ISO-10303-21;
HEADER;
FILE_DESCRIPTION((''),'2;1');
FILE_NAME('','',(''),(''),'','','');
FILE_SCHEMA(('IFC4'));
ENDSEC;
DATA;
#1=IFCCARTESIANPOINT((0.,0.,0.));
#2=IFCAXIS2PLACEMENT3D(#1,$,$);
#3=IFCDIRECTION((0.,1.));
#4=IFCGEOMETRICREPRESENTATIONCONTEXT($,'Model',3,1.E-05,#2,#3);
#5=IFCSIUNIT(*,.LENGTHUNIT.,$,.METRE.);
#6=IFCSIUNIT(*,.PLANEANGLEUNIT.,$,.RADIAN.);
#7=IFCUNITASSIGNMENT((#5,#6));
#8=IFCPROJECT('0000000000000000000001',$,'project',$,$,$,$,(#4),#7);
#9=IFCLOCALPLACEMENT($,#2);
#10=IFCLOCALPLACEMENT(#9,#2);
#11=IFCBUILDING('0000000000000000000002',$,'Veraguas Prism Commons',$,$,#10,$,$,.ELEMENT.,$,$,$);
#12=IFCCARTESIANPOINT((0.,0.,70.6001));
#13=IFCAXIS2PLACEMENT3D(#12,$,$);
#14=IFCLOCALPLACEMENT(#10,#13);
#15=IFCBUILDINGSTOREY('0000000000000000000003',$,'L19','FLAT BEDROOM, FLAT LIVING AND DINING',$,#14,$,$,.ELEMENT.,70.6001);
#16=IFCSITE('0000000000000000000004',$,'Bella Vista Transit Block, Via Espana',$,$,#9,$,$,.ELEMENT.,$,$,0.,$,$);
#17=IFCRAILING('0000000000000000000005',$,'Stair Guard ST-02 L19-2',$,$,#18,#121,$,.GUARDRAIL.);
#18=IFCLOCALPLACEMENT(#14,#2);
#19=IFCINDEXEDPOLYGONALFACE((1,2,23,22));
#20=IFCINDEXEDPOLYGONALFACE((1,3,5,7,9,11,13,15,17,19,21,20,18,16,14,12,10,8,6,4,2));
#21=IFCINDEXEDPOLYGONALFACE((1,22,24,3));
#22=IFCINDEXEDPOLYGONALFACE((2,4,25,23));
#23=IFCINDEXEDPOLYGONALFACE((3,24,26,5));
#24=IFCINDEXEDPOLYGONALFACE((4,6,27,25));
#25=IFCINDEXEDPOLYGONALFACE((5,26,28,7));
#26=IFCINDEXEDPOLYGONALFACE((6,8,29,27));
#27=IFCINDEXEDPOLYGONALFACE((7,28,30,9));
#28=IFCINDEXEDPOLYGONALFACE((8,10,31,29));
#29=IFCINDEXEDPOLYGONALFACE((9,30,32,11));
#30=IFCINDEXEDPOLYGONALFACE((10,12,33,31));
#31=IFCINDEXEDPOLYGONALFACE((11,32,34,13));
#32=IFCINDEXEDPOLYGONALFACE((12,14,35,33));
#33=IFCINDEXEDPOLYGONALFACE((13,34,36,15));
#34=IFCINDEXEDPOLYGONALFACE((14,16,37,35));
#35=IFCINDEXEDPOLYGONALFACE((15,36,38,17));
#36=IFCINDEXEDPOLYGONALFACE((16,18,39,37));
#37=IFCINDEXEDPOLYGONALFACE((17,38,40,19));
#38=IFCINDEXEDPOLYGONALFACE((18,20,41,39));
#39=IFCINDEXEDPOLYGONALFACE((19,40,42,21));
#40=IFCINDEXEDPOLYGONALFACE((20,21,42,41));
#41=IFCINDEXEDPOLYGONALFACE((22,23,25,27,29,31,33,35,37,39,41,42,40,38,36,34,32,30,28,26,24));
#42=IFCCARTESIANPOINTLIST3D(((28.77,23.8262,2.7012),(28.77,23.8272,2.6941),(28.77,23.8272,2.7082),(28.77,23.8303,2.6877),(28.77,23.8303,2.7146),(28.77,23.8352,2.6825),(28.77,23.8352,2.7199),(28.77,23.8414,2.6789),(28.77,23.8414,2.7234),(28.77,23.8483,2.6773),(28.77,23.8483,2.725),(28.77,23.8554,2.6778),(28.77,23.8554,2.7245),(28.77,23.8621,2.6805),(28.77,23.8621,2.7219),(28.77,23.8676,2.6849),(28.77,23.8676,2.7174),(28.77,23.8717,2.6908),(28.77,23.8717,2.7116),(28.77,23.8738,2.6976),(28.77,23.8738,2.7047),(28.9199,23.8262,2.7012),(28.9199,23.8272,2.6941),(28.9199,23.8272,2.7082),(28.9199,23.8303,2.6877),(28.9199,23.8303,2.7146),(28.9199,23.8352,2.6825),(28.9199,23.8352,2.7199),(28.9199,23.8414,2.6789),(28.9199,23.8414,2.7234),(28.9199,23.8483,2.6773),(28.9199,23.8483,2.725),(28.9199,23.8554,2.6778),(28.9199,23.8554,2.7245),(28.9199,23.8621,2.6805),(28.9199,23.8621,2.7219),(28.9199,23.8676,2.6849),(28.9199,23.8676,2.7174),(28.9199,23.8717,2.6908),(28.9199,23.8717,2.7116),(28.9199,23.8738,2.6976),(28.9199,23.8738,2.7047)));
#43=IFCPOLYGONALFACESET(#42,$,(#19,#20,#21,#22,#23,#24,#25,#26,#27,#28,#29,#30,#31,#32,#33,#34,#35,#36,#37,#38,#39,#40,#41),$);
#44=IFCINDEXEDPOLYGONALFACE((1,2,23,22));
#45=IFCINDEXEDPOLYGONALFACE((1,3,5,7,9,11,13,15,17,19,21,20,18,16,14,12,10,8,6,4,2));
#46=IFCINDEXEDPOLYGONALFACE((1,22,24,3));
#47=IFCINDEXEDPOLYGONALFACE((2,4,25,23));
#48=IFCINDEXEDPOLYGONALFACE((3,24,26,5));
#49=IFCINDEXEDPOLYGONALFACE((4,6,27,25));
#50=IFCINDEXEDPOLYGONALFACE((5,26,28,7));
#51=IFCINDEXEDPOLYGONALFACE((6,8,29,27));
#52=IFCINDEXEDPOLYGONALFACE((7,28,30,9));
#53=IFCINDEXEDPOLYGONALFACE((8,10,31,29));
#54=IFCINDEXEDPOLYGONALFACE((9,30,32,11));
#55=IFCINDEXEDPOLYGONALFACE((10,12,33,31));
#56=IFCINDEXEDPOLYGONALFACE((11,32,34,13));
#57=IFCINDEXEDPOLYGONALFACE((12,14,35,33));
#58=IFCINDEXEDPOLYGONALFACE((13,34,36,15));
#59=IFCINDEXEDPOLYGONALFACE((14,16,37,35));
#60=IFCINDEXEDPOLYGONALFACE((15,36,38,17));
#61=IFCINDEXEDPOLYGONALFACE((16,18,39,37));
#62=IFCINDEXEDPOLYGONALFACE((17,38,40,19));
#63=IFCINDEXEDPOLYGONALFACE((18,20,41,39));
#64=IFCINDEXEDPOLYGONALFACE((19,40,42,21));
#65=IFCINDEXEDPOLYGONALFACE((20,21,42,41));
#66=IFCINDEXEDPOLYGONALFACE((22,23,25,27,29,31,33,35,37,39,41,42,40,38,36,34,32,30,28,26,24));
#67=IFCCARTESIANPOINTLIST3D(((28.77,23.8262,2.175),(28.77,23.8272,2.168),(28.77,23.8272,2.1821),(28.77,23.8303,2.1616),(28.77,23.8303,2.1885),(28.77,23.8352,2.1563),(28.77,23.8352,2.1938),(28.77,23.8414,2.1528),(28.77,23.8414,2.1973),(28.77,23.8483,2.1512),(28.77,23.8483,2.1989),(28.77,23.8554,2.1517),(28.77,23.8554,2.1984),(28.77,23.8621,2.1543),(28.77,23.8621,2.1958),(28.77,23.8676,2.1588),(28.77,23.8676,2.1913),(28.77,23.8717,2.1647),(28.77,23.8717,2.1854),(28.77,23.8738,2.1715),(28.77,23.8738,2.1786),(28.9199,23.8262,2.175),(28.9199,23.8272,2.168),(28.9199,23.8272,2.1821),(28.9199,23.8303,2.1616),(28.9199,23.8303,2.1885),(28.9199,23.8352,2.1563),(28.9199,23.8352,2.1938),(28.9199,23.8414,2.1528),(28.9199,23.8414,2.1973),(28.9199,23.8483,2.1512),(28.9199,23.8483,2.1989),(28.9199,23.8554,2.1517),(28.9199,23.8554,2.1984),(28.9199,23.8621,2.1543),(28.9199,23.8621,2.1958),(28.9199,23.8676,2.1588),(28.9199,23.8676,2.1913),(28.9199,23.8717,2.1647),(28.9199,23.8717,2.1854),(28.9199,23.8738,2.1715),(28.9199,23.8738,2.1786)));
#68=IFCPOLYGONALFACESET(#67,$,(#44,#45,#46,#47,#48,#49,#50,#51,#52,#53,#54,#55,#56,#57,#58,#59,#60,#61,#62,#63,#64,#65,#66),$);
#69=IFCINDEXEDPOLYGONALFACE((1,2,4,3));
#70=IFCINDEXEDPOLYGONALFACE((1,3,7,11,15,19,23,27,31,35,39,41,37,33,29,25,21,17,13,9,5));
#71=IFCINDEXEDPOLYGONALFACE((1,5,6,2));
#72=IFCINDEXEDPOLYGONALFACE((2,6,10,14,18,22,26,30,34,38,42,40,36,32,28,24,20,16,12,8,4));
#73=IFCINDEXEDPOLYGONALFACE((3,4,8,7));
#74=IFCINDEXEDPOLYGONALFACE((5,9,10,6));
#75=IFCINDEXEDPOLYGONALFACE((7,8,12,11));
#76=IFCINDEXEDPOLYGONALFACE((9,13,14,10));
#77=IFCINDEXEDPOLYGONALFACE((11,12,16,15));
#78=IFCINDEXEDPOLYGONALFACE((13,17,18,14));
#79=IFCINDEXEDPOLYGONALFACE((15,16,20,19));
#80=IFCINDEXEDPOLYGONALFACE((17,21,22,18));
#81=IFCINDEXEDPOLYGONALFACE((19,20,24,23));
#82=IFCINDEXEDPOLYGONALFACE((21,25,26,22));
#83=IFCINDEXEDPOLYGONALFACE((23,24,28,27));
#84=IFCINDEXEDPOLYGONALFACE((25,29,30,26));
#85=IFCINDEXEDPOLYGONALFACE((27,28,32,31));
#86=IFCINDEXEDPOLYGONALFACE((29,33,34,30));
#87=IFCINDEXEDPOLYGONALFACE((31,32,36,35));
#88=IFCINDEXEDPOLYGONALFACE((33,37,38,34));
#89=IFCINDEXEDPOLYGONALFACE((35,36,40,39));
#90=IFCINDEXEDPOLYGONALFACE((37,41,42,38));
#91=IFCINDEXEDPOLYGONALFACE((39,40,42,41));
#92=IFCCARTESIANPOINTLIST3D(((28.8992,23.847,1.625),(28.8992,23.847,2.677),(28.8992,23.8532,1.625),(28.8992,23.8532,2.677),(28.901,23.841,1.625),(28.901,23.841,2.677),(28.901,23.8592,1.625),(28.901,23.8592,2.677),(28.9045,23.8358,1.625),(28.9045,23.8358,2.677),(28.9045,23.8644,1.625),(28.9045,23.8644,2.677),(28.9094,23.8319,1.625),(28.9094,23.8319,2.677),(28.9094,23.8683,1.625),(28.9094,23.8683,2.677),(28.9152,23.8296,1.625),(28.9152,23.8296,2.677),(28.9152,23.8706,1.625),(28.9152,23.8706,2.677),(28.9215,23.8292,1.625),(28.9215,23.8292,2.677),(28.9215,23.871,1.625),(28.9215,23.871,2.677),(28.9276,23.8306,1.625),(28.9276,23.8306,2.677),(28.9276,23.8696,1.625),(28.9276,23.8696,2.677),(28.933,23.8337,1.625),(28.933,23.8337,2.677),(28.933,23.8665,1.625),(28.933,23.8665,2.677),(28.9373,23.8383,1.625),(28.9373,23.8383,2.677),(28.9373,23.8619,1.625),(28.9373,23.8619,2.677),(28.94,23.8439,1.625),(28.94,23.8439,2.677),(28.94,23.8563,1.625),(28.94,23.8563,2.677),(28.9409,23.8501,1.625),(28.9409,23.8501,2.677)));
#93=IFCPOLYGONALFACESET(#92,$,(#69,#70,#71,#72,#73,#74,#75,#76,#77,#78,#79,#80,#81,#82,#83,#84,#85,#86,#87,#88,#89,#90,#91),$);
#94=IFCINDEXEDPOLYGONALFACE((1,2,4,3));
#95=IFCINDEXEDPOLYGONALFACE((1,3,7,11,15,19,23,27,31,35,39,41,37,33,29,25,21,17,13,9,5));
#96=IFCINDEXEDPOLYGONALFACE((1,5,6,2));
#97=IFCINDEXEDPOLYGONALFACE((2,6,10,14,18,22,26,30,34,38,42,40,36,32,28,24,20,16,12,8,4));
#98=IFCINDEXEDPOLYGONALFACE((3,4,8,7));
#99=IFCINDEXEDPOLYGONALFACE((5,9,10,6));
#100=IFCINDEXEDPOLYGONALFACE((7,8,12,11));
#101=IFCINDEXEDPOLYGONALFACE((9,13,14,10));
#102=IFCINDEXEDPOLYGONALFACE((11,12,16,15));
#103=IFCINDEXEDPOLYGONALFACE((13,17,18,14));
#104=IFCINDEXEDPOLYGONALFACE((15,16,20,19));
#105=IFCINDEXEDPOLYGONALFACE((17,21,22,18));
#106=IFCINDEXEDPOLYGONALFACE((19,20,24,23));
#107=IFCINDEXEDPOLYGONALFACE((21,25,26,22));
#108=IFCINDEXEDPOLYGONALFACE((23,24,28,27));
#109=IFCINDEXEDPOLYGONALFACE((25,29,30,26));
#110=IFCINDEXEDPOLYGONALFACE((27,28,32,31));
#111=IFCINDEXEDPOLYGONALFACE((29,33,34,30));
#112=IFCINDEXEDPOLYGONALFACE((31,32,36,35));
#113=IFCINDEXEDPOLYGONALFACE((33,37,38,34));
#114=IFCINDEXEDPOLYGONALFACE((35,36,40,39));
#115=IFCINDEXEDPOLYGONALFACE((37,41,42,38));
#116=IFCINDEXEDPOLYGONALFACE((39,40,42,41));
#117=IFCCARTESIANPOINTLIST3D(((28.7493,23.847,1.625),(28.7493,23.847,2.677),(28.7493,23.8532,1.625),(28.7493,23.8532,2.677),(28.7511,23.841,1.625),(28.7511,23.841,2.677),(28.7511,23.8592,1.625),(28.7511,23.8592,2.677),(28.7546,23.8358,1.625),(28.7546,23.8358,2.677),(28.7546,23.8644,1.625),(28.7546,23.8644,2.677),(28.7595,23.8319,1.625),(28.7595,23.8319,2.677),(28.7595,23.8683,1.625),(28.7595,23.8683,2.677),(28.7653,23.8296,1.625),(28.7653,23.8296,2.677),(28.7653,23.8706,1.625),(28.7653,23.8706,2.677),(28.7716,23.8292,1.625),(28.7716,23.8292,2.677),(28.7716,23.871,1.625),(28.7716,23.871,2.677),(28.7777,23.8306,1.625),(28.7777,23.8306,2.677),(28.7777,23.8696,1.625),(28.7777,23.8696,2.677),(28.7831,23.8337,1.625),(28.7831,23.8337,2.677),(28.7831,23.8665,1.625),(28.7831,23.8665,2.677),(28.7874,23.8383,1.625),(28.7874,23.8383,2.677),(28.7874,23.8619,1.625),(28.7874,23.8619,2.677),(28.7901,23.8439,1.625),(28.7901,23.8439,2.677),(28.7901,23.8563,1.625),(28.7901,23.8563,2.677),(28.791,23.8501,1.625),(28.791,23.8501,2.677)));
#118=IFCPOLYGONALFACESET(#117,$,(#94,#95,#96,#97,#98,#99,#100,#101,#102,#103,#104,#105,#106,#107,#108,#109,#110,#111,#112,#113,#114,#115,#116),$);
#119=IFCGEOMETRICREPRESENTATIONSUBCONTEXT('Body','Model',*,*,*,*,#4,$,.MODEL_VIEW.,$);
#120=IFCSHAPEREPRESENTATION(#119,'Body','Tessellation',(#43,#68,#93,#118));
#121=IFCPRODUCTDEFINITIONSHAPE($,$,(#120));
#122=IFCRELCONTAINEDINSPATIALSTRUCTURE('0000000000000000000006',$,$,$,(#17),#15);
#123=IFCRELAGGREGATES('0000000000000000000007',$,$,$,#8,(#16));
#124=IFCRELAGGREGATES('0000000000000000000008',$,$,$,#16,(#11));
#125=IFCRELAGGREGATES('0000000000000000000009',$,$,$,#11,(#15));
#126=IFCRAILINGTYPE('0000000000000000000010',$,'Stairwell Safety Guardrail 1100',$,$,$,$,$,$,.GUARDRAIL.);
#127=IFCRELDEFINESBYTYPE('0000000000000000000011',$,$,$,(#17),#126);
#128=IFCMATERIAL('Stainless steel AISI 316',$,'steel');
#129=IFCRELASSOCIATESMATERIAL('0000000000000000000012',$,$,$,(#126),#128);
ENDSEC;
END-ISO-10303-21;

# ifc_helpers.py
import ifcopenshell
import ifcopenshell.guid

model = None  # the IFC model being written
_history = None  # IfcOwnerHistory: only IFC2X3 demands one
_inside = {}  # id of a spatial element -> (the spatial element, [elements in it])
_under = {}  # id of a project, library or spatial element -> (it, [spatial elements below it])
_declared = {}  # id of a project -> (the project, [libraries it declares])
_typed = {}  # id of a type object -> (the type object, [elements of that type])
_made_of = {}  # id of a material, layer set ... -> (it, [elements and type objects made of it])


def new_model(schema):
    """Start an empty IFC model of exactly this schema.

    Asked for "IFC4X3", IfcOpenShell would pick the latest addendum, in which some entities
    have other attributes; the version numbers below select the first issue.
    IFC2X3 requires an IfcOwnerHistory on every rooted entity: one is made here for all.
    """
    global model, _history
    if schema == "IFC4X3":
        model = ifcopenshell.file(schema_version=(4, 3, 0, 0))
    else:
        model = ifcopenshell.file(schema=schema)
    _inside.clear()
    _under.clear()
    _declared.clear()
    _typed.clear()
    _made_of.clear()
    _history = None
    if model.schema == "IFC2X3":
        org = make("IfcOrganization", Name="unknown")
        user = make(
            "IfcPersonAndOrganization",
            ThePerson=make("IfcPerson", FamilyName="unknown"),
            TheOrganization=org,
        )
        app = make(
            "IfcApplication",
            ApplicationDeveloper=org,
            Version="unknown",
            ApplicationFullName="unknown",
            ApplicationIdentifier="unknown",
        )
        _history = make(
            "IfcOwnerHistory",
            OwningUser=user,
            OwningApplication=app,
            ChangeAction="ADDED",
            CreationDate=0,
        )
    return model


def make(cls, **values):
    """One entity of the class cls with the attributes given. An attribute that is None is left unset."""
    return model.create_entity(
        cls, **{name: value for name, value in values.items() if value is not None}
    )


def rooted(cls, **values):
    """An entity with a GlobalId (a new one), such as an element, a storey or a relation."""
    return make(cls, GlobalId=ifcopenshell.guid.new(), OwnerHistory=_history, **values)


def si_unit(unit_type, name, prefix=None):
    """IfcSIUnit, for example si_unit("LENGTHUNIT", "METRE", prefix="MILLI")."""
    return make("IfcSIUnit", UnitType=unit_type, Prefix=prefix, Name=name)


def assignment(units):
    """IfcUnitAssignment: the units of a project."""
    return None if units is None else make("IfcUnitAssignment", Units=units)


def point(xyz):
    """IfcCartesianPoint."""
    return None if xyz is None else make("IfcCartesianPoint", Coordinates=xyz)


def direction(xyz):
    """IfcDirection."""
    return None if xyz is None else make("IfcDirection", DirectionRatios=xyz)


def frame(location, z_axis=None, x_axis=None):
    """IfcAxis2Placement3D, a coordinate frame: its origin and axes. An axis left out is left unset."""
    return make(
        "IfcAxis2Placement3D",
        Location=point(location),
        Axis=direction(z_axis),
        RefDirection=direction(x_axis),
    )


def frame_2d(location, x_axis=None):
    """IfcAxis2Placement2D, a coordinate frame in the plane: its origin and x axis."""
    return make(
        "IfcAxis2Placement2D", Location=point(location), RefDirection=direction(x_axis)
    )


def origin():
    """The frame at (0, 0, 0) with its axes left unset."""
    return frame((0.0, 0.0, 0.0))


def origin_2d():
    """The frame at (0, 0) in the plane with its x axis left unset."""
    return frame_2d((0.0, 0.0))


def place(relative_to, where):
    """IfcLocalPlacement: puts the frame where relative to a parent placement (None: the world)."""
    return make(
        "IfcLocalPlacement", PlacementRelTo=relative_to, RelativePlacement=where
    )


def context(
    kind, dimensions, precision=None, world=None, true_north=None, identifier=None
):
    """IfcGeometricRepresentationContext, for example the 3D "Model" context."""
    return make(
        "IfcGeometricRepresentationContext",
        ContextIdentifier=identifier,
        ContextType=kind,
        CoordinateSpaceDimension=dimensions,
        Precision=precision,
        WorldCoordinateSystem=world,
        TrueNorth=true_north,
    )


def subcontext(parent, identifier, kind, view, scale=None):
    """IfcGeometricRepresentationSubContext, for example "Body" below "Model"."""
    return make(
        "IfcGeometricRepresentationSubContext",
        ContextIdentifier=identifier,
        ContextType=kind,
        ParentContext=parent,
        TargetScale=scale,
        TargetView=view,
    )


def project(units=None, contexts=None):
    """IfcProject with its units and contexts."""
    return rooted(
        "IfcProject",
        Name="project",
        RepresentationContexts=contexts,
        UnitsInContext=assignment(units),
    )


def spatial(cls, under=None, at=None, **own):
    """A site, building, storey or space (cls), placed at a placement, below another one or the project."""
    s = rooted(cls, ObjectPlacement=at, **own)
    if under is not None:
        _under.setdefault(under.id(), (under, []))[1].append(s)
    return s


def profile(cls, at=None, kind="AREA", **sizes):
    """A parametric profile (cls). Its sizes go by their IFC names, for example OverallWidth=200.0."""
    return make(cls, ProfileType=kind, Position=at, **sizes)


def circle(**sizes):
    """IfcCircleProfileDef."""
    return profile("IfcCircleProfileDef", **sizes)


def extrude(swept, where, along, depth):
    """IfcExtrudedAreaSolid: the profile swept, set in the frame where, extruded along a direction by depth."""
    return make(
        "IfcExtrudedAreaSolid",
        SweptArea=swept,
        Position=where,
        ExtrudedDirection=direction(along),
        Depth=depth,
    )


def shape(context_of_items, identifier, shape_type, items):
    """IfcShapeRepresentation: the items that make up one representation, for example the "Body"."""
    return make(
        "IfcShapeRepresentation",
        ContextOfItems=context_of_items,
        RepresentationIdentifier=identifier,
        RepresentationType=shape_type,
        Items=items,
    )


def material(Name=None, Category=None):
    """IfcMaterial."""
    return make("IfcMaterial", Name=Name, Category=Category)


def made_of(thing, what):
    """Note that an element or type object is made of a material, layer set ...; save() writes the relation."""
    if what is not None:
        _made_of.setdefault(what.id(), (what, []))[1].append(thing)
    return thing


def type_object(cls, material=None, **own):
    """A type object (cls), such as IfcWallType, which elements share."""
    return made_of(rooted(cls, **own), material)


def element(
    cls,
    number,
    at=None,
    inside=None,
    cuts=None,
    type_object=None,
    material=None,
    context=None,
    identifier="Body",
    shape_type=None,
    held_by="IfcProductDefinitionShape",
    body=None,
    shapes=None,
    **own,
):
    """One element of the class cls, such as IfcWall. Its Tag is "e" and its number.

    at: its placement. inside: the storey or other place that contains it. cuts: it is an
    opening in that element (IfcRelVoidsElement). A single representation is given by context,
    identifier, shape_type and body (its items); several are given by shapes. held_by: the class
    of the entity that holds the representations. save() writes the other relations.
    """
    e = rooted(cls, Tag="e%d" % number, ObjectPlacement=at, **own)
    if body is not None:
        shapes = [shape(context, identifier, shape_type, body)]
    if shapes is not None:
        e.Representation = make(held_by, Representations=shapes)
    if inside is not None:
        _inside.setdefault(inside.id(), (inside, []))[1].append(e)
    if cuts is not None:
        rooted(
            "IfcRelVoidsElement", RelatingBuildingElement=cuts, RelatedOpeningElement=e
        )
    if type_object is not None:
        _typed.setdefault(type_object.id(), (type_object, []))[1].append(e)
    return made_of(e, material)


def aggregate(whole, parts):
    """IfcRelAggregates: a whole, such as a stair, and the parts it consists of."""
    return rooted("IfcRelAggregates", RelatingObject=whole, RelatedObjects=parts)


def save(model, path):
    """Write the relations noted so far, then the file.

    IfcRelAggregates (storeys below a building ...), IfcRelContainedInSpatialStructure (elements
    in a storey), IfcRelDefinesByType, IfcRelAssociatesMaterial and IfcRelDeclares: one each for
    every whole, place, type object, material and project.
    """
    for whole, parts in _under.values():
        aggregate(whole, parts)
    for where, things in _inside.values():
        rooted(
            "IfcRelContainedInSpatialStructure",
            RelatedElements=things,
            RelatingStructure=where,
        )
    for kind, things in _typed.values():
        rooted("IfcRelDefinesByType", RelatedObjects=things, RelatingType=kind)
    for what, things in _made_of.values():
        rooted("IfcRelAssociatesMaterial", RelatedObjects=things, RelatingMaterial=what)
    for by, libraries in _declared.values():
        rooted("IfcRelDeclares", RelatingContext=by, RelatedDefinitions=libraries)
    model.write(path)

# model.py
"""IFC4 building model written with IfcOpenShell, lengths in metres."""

from ifc_helpers import new_model, si_unit, direction, frame, origin, origin_2d, place, context, subcontext, project, spatial, circle, extrude, material, type_object, element, save


model = new_model("IFC4")

# Units and contexts
model_context = context("Model", 3, precision=1e-05, world=origin(), true_north=direction((0.0, 1.0)))
body_context = subcontext(model_context, "Body", "Model", "MODEL_VIEW")
ifc_project = project(units=[si_unit("LENGTHUNIT", "METRE"), si_unit("PLANEANGLEUNIT", "RADIAN")], contexts=[model_context])

# Site, building, storey
site_placement = place(None, origin())
site = spatial("IfcSite", under=ifc_project, at=site_placement, Name="Bella Vista Transit Block, Via Espana", CompositionType="ELEMENT", RefElevation=0.0)
building_placement = place(site_placement, origin())
building = spatial("IfcBuilding", under=site, at=building_placement, Name="Veraguas Prism Commons", CompositionType="ELEMENT")
storey_placement = place(building_placement, frame((0.0, 0.0, 70.6001)))
storey = spatial("IfcBuildingStorey", under=building, at=storey_placement, Name="L19", Description="FLAT BEDROOM, FLAT LIVING AND DINING", CompositionType="ELEMENT", Elevation=70.6001)

# Shared definitions
ifc_material_1 = material(Name="Stainless steel AISI 316", Category="steel")

# Railing
railing_type_1 = type_object("IfcRailingType", Name="Stairwell Safety Guardrail 1100", PredefinedType="GUARDRAIL", material=ifc_material_1)
railing_1_placement = place(storey_placement, frame((28.9199, 23.8501, 1.625)))
element("IfcRailing", 1, at=railing_1_placement, inside=storey, type_object=railing_type_1, Name="Stair Guard ST-02 L19-2", PredefinedType="GUARDRAIL", context=body_context, shape_type="SweptSolid", body=[
    extrude(circle(Radius=0.0239, at=origin_2d()), frame((0.0, 0.0, 1.0762), z_axis=(-1.0, 0.0, 0.0), x_axis=(0.0, -1.0, 0.0)), (0.0, 0.0, 1.0), 0.1499),
    extrude(circle(Radius=0.0239, at=origin_2d()), frame((0.0, 0.0, 0.55), z_axis=(-1.0, 0.0, 0.0), x_axis=(0.0, -1.0, 0.0)), (0.0, 0.0, 1.0), 0.1499),
    extrude(circle(Radius=0.021, at=origin_2d()), origin(), (0.0, 0.0, 1.0), 1.052),
    extrude(circle(Radius=0.021, at=origin_2d()), frame((-0.1499, 0.0, 0.0)), (0.0, 0.0, 1.0), 1.052),
])

save(model, "model.ifc")
